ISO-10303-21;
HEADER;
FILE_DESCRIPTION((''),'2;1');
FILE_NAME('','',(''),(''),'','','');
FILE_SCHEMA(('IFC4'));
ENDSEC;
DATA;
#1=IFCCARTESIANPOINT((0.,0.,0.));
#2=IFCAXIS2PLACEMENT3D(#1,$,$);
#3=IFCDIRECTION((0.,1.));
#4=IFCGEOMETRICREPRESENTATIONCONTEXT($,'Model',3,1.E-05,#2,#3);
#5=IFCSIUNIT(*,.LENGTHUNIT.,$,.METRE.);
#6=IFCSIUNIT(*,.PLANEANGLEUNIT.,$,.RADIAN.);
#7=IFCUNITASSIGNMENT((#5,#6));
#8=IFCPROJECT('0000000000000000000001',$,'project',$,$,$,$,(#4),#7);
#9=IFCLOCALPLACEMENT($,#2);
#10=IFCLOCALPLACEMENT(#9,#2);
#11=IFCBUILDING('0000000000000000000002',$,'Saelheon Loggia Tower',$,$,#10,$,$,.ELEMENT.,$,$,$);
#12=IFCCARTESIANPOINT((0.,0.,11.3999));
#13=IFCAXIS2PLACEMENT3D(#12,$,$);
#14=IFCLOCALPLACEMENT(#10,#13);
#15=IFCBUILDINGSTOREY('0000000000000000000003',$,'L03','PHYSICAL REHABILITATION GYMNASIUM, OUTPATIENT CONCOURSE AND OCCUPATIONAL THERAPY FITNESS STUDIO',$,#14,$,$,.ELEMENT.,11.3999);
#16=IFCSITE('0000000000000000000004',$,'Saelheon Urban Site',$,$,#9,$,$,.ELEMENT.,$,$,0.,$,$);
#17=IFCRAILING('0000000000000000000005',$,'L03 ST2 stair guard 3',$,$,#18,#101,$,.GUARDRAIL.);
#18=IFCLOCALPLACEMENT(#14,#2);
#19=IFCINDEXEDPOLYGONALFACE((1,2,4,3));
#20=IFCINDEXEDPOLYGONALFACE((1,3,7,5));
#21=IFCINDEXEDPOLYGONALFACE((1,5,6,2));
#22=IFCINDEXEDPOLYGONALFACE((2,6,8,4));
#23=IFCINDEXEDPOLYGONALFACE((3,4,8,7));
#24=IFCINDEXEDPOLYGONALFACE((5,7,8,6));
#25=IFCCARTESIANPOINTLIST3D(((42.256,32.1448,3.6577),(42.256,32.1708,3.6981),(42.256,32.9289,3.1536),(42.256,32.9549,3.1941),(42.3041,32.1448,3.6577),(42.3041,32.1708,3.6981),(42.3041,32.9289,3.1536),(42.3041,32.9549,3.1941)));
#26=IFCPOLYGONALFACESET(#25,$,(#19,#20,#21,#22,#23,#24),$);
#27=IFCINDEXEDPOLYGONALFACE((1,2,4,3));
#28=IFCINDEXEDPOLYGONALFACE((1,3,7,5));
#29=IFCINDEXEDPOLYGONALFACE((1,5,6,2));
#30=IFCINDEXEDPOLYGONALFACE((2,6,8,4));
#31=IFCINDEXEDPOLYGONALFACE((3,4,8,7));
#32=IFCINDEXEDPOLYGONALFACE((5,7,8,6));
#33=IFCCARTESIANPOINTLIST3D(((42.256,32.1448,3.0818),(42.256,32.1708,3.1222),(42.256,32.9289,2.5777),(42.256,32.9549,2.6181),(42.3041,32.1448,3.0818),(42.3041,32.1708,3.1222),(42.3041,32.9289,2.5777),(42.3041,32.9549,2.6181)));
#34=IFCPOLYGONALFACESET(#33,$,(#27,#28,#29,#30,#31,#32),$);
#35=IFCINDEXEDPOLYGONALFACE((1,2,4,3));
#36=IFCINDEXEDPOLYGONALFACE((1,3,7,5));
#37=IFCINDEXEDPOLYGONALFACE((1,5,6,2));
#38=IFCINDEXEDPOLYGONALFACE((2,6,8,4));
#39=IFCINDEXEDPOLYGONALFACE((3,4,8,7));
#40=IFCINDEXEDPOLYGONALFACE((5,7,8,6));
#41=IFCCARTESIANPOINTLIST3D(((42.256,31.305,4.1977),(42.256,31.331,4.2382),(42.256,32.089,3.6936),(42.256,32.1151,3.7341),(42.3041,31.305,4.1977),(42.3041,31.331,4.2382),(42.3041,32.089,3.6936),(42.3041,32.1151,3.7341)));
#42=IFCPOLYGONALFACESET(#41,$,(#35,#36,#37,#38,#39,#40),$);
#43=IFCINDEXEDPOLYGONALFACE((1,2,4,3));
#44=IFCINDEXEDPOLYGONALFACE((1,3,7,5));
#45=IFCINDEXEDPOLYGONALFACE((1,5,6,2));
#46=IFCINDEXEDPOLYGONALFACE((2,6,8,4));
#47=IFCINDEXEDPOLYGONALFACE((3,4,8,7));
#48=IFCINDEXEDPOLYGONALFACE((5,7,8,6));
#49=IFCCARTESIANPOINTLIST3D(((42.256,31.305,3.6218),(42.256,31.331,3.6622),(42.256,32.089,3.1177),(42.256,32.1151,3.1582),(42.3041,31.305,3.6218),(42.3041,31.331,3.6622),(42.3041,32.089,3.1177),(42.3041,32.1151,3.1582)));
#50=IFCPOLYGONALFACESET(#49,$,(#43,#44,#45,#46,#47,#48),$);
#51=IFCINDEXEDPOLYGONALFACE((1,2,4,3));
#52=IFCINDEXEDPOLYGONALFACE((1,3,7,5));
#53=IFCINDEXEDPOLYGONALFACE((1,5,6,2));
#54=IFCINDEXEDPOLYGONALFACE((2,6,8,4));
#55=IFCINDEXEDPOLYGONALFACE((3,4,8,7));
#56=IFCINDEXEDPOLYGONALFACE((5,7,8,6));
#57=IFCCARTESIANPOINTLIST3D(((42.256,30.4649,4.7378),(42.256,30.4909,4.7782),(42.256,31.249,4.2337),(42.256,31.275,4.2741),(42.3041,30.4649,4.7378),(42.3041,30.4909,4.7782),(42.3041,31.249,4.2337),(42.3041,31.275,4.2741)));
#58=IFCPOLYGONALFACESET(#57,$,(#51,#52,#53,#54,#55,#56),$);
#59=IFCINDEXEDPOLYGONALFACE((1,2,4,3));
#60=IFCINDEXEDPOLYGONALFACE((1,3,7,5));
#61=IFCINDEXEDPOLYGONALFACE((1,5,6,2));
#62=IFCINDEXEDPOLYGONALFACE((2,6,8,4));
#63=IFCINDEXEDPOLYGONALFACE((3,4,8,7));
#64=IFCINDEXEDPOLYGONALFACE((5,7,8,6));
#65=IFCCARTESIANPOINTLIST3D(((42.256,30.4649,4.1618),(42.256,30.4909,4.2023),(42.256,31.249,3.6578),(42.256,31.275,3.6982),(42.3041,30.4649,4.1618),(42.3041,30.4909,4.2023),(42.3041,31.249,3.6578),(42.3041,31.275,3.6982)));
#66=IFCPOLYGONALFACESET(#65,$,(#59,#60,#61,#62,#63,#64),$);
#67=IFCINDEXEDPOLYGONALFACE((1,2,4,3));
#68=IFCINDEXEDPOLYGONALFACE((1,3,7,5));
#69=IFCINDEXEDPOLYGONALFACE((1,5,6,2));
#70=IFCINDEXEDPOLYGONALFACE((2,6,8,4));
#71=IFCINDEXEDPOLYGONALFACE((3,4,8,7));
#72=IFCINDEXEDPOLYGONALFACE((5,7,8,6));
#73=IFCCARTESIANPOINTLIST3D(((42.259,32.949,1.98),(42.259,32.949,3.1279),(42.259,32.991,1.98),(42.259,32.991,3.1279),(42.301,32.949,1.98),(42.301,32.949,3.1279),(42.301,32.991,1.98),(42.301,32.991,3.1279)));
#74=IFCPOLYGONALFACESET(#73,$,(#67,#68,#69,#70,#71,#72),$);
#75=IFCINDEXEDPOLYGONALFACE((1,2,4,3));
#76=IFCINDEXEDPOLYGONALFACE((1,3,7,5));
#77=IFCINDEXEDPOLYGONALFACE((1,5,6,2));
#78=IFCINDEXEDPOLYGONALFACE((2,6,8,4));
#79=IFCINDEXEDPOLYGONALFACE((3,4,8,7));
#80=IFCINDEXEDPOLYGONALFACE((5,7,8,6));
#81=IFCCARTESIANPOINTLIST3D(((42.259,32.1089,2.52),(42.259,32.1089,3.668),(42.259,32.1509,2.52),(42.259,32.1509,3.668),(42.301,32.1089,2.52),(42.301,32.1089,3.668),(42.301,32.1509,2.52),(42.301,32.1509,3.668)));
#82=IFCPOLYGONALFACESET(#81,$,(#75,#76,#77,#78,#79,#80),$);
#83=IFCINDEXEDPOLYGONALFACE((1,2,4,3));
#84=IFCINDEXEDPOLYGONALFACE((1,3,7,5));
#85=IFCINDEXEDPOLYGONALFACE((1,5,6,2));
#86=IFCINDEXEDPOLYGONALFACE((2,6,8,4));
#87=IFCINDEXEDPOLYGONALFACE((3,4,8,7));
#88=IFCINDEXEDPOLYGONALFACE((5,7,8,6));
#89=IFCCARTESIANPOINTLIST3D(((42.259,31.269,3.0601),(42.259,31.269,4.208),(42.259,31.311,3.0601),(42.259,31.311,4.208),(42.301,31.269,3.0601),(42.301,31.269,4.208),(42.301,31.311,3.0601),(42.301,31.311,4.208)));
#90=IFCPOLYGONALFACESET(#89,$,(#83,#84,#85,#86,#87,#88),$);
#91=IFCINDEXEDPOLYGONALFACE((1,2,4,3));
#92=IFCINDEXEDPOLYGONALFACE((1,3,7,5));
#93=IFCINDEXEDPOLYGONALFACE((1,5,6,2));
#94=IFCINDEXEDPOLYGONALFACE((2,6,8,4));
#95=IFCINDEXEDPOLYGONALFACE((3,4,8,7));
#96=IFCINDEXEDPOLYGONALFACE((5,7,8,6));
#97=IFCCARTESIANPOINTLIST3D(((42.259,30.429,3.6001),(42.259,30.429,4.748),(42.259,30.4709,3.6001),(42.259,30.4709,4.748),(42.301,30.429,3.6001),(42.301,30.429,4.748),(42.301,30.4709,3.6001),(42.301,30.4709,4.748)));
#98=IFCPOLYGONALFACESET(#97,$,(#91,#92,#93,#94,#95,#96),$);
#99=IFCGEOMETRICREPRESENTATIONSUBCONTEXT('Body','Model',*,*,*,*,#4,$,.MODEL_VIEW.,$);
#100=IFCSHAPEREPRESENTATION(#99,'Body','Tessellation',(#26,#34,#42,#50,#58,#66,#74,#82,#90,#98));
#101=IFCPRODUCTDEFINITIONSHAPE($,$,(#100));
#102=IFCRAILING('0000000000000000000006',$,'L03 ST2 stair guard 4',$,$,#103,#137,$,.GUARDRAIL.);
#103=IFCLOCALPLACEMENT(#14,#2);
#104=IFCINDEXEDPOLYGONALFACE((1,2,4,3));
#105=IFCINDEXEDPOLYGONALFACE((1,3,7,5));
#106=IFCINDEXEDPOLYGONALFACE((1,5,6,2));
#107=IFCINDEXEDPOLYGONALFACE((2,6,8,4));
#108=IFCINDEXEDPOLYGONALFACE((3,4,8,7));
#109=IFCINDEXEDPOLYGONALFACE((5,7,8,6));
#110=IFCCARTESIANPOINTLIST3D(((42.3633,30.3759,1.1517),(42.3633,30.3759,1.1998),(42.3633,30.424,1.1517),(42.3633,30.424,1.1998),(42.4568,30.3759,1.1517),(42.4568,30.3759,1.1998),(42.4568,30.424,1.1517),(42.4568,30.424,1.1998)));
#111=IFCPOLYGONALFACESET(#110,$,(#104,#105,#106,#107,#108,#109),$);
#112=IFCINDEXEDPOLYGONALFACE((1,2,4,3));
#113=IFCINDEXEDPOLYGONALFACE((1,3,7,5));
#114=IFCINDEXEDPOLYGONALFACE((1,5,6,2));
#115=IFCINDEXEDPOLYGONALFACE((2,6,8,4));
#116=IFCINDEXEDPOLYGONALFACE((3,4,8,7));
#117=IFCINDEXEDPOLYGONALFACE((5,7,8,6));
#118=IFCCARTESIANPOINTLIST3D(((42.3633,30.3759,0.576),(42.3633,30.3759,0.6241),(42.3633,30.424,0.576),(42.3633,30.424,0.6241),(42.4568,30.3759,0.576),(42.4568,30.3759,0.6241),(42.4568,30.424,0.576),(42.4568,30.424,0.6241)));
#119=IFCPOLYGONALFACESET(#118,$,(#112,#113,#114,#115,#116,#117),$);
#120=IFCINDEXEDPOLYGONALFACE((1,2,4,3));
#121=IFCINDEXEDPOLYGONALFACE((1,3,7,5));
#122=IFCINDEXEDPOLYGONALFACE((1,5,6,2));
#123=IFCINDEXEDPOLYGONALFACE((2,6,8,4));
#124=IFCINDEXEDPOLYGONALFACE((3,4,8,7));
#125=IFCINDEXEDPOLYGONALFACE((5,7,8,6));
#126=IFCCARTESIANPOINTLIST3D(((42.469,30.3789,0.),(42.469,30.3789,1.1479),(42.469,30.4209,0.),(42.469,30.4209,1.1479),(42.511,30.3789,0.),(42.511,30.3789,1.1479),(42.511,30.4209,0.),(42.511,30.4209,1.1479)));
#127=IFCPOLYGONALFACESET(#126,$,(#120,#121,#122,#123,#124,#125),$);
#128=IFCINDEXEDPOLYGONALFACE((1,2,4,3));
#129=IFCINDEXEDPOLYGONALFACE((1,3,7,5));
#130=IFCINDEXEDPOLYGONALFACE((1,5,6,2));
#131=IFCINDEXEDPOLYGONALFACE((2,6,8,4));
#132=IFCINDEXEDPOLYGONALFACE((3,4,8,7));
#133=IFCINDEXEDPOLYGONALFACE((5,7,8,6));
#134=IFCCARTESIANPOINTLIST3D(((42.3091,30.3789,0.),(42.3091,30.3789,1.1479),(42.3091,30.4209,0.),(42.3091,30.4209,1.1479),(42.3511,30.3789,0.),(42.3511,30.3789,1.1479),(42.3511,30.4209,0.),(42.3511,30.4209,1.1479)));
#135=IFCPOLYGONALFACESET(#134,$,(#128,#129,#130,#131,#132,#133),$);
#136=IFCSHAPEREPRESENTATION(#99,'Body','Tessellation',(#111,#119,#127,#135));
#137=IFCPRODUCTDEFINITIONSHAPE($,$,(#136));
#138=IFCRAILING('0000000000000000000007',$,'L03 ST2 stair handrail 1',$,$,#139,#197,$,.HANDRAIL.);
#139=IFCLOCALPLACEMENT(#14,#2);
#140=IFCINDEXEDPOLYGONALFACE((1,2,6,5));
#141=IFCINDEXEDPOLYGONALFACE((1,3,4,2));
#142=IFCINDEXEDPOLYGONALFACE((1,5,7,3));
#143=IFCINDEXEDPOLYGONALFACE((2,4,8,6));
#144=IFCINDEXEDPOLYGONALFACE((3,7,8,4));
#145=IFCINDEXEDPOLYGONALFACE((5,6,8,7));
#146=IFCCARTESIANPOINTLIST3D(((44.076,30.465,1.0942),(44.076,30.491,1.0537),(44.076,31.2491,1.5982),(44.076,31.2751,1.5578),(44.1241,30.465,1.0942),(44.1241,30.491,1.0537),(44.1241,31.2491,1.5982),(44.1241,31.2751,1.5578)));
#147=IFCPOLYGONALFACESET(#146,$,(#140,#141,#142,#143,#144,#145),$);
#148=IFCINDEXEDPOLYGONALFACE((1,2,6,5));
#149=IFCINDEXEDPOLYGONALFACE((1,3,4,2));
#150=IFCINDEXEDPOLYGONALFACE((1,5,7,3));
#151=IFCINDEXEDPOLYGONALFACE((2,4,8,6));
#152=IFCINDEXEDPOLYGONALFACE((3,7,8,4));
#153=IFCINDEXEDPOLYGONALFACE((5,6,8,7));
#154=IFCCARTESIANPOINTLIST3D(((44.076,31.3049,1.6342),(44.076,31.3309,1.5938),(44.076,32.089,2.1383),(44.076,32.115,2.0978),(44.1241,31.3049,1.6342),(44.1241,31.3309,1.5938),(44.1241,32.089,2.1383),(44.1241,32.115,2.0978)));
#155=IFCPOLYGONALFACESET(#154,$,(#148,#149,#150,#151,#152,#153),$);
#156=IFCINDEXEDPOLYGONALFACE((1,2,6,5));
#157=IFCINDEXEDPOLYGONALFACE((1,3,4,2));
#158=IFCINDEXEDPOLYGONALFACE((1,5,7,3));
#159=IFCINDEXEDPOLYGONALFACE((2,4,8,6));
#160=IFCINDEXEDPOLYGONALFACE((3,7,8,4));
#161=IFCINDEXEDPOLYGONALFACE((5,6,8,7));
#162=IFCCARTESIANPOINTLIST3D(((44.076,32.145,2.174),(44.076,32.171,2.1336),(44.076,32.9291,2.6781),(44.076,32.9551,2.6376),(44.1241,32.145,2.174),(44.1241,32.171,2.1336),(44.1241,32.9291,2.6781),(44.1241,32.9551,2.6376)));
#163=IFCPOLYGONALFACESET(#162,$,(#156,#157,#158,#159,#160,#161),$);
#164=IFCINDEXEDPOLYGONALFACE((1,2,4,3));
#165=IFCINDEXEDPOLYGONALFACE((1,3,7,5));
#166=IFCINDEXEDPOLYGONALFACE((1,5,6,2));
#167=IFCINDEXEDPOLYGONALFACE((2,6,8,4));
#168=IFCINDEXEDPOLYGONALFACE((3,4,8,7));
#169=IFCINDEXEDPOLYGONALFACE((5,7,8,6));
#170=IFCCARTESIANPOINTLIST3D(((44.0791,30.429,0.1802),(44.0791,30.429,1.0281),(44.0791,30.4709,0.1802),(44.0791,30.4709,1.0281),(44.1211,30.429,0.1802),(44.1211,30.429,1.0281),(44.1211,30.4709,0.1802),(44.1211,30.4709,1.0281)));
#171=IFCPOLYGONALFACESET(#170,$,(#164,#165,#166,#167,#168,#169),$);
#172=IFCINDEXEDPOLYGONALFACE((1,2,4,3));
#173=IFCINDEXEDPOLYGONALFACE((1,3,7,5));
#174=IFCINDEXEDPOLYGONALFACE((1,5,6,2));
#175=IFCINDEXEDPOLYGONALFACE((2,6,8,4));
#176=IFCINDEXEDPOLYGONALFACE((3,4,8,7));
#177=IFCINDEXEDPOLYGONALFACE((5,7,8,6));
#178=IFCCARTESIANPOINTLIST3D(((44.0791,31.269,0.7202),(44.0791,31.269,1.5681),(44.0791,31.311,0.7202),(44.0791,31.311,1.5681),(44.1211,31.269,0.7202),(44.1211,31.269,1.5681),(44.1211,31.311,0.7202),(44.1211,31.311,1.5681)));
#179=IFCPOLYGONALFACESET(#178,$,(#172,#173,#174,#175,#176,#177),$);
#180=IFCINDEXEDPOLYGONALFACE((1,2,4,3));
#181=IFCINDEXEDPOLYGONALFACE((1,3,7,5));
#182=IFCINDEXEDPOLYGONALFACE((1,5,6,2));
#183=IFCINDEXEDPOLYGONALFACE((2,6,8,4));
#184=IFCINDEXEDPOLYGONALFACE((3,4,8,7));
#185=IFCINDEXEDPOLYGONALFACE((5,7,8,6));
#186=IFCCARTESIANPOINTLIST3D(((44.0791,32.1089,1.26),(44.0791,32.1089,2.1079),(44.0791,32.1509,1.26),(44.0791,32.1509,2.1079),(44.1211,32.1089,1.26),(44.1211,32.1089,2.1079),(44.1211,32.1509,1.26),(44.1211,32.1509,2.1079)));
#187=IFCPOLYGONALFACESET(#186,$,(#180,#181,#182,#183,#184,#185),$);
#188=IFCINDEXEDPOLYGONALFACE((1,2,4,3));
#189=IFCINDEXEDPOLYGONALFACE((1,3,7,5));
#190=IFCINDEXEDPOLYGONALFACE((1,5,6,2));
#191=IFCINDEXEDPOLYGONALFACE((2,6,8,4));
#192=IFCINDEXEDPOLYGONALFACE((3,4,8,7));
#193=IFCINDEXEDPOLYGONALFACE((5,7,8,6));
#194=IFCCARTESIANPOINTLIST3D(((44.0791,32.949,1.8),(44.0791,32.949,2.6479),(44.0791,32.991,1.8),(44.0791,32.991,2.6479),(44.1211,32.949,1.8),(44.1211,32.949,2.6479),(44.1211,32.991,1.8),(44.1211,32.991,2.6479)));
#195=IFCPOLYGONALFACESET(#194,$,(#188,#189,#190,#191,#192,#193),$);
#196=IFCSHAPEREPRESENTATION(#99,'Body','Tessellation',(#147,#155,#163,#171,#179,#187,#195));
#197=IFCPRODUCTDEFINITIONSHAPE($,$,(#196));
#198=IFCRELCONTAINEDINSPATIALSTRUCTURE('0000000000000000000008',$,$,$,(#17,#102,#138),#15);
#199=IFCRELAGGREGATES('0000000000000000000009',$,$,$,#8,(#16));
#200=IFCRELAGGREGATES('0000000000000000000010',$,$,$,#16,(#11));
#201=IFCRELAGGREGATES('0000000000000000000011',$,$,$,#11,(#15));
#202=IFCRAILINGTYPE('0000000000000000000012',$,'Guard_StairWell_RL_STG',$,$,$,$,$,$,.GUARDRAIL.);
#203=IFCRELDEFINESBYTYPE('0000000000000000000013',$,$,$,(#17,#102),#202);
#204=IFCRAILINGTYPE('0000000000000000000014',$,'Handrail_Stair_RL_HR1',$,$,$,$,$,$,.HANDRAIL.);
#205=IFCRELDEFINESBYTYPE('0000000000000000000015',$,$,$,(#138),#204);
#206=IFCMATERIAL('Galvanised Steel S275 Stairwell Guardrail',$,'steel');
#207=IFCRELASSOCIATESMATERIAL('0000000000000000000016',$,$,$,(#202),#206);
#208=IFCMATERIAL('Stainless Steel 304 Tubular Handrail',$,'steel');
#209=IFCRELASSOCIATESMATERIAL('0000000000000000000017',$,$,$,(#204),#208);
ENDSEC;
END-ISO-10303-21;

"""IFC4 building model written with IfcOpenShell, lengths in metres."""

from ifc_helpers import new_model, si_unit, direction, frame, origin, origin_2d, place, context, subcontext, project, spatial, rectangle, extrude, material, type_object, element, save


model = new_model("IFC4")

# Units and contexts
model_context = context("Model", 3, precision=1e-05, world=origin(), true_north=direction((0.0, 1.0)))
body_context = subcontext(model_context, "Body", "Model", "MODEL_VIEW")
ifc_project = project(units=[si_unit("LENGTHUNIT", "METRE"), si_unit("PLANEANGLEUNIT", "RADIAN")], contexts=[model_context])

# Site, building, storey
site_placement = place(None, origin())
site = spatial("IfcSite", under=ifc_project, at=site_placement, Name="Saelheon Urban Site", CompositionType="ELEMENT", RefElevation=0.0)
building_placement = place(site_placement, origin())
building = spatial("IfcBuilding", under=site, at=building_placement, Name="Saelheon Loggia Tower", CompositionType="ELEMENT")
storey_placement = place(building_placement, frame((0.0, 0.0, 11.3999)))
storey = spatial("IfcBuildingStorey", under=building, at=storey_placement, Name="L03", Description="PHYSICAL REHABILITATION GYMNASIUM, OUTPATIENT CONCOURSE AND OCCUPATIONAL THERAPY FITNESS STUDIO", CompositionType="ELEMENT", Elevation=11.3999)

# Railings
ifc_material_1 = material(Name="Galvanised Steel S275 Stairwell Guardrail", Category="steel")
railing_type_1 = type_object("IfcRailingType", Name="Guard_StairWell_RL_STG", PredefinedType="GUARDRAIL", material=ifc_material_1)
railing_1_placement = place(storey_placement, frame((42.28, 32.97, 1.98)))
element("IfcRailing", 1, at=railing_1_placement, inside=storey, type_object=railing_type_1, Name="L03 ST2 stair guard 3", PredefinedType="GUARDRAIL", context=body_context, shape_type="SweptSolid", body=[
    extrude(rectangle(XDim=0.0481, YDim=0.0481, at=origin_2d()), frame((0.0, -0.0281, 1.1938), z_axis=(0.0, -0.841163, 0.540782), x_axis=(1.0, 0.0, 0.0)), (0.0, 0.0, 1.0), 0.9321),
    extrude(rectangle(XDim=0.0481, YDim=0.0481, at=origin_2d()), frame((0.0, -0.0281, 0.6179), z_axis=(0.0, -0.841163, 0.540782), x_axis=(1.0, 0.0, 0.0)), (0.0, 0.0, 1.0), 0.9321),
    extrude(rectangle(XDim=0.0481, YDim=0.0481, at=origin_2d()), frame((0.0, -0.8679, 1.7339), z_axis=(0.0, -0.841163, 0.540782), x_axis=(1.0, 0.0, 0.0)), (0.0, 0.0, 1.0), 0.9321),
    extrude(rectangle(XDim=0.0481, YDim=0.0481, at=origin_2d()), frame((0.0, -0.8679, 1.158), z_axis=(0.0, -0.841163, 0.540782), x_axis=(1.0, 0.0, 0.0)), (0.0, 0.0, 1.0), 0.9321),
    extrude(rectangle(XDim=0.0481, YDim=0.0481, at=origin_2d()), frame((0.0, -1.708, 2.2739), z_axis=(0.0, -0.841163, 0.540782), x_axis=(1.0, 0.0, 0.0)), (0.0, 0.0, 1.0), 0.9321),
    extrude(rectangle(XDim=0.0481, YDim=0.0481, at=origin_2d()), frame((0.0, -1.708, 1.698), z_axis=(0.0, -0.841163, 0.540782), x_axis=(1.0, 0.0, 0.0)), (0.0, 0.0, 1.0), 0.9321),
    extrude(rectangle(XDim=0.042, YDim=0.042, at=origin_2d()), origin(), (0.0, 0.0, 1.0), 1.1479),
    extrude(rectangle(XDim=0.042, YDim=0.042, at=origin_2d()), frame((0.0, -0.8401, 0.54)), (0.0, 0.0, 1.0), 1.1479),
    extrude(rectangle(XDim=0.042, YDim=0.042, at=origin_2d()), frame((0.0, -1.6799, 1.0801)), (0.0, 0.0, 1.0), 1.1479),
    extrude(rectangle(XDim=0.042, YDim=0.042, at=origin_2d()), frame((0.0, -2.52, 1.6201)), (0.0, 0.0, 1.0), 1.1479),
])
railing_2_placement = place(storey_placement, frame((42.49, 30.3999, 0.0)))
element("IfcRailing", 2, at=railing_2_placement, inside=storey, type_object=railing_type_1, Name="L03 ST2 stair guard 4", PredefinedType="GUARDRAIL", context=body_context, shape_type="SweptSolid", body=[
    extrude(rectangle(XDim=0.0481, YDim=0.0481, at=origin_2d()), frame((-0.0332, 0.0, 1.1758), z_axis=(-1.0, 0.0, 0.0), x_axis=(0.0, -1.0, 0.0)), (0.0, 0.0, 1.0), 0.0935),
    extrude(rectangle(XDim=0.0481, YDim=0.0481, at=origin_2d()), frame((-0.0332, 0.0, 0.6001), z_axis=(-1.0, 0.0, 0.0), x_axis=(0.0, -1.0, 0.0)), (0.0, 0.0, 1.0), 0.0935),
    extrude(rectangle(XDim=0.042, YDim=0.042, at=origin_2d()), origin(), (0.0, 0.0, 1.0), 1.1479),
    extrude(rectangle(XDim=0.042, YDim=0.042, at=origin_2d()), frame((-0.1599, 0.0, 0.0)), (0.0, 0.0, 1.0), 1.1479),
])
ifc_material_2 = material(Name="Stainless Steel 304 Tubular Handrail", Category="steel")
railing_type_2 = type_object("IfcRailingType", Name="Handrail_Stair_RL_HR1", PredefinedType="HANDRAIL", material=ifc_material_2)
railing_3_placement = place(storey_placement, frame((44.1001, 30.45, 0.1802)))
element("IfcRailing", 3, at=railing_3_placement, inside=storey, type_object=railing_type_2, Name="L03 ST2 stair handrail 1", PredefinedType="HANDRAIL", context=body_context, shape_type="SweptSolid", body=[
    extrude(rectangle(XDim=0.0481, YDim=0.0481, at=origin_2d()), frame((0.0, 0.0281, 0.8938), z_axis=(0.0, 0.8412, 0.540725), x_axis=(-1.0, 0.0, 0.0)), (0.0, 0.0, 1.0), 0.9321),
    extrude(rectangle(XDim=0.0481, YDim=0.0481, at=origin_2d()), frame((0.0, 0.8679, 1.4338), z_axis=(0.0, 0.8412, 0.540725), x_axis=(-1.0, 0.0, 0.0)), (0.0, 0.0, 1.0), 0.9321),
    extrude(rectangle(XDim=0.0481, YDim=0.0481, at=origin_2d()), frame((0.0, 1.708, 1.9736), z_axis=(0.0, 0.8412, 0.540725), x_axis=(-1.0, 0.0, 0.0)), (0.0, 0.0, 1.0), 0.9321),
    extrude(rectangle(XDim=0.042, YDim=0.042, at=origin_2d()), origin(), (0.0, 0.0, 1.0), 0.8479),
    extrude(rectangle(XDim=0.042, YDim=0.042, at=origin_2d()), frame((0.0, 0.8401, 0.54)), (0.0, 0.0, 1.0), 0.8479),
    extrude(rectangle(XDim=0.042, YDim=0.042, at=origin_2d()), frame((0.0, 1.6799, 1.0798)), (0.0, 0.0, 1.0), 0.8479),
    extrude(rectangle(XDim=0.042, YDim=0.042, at=origin_2d()), frame((0.0, 2.52, 1.6199)), (0.0, 0.0, 1.0), 0.8479),
])

save(model, "model.ifc")
